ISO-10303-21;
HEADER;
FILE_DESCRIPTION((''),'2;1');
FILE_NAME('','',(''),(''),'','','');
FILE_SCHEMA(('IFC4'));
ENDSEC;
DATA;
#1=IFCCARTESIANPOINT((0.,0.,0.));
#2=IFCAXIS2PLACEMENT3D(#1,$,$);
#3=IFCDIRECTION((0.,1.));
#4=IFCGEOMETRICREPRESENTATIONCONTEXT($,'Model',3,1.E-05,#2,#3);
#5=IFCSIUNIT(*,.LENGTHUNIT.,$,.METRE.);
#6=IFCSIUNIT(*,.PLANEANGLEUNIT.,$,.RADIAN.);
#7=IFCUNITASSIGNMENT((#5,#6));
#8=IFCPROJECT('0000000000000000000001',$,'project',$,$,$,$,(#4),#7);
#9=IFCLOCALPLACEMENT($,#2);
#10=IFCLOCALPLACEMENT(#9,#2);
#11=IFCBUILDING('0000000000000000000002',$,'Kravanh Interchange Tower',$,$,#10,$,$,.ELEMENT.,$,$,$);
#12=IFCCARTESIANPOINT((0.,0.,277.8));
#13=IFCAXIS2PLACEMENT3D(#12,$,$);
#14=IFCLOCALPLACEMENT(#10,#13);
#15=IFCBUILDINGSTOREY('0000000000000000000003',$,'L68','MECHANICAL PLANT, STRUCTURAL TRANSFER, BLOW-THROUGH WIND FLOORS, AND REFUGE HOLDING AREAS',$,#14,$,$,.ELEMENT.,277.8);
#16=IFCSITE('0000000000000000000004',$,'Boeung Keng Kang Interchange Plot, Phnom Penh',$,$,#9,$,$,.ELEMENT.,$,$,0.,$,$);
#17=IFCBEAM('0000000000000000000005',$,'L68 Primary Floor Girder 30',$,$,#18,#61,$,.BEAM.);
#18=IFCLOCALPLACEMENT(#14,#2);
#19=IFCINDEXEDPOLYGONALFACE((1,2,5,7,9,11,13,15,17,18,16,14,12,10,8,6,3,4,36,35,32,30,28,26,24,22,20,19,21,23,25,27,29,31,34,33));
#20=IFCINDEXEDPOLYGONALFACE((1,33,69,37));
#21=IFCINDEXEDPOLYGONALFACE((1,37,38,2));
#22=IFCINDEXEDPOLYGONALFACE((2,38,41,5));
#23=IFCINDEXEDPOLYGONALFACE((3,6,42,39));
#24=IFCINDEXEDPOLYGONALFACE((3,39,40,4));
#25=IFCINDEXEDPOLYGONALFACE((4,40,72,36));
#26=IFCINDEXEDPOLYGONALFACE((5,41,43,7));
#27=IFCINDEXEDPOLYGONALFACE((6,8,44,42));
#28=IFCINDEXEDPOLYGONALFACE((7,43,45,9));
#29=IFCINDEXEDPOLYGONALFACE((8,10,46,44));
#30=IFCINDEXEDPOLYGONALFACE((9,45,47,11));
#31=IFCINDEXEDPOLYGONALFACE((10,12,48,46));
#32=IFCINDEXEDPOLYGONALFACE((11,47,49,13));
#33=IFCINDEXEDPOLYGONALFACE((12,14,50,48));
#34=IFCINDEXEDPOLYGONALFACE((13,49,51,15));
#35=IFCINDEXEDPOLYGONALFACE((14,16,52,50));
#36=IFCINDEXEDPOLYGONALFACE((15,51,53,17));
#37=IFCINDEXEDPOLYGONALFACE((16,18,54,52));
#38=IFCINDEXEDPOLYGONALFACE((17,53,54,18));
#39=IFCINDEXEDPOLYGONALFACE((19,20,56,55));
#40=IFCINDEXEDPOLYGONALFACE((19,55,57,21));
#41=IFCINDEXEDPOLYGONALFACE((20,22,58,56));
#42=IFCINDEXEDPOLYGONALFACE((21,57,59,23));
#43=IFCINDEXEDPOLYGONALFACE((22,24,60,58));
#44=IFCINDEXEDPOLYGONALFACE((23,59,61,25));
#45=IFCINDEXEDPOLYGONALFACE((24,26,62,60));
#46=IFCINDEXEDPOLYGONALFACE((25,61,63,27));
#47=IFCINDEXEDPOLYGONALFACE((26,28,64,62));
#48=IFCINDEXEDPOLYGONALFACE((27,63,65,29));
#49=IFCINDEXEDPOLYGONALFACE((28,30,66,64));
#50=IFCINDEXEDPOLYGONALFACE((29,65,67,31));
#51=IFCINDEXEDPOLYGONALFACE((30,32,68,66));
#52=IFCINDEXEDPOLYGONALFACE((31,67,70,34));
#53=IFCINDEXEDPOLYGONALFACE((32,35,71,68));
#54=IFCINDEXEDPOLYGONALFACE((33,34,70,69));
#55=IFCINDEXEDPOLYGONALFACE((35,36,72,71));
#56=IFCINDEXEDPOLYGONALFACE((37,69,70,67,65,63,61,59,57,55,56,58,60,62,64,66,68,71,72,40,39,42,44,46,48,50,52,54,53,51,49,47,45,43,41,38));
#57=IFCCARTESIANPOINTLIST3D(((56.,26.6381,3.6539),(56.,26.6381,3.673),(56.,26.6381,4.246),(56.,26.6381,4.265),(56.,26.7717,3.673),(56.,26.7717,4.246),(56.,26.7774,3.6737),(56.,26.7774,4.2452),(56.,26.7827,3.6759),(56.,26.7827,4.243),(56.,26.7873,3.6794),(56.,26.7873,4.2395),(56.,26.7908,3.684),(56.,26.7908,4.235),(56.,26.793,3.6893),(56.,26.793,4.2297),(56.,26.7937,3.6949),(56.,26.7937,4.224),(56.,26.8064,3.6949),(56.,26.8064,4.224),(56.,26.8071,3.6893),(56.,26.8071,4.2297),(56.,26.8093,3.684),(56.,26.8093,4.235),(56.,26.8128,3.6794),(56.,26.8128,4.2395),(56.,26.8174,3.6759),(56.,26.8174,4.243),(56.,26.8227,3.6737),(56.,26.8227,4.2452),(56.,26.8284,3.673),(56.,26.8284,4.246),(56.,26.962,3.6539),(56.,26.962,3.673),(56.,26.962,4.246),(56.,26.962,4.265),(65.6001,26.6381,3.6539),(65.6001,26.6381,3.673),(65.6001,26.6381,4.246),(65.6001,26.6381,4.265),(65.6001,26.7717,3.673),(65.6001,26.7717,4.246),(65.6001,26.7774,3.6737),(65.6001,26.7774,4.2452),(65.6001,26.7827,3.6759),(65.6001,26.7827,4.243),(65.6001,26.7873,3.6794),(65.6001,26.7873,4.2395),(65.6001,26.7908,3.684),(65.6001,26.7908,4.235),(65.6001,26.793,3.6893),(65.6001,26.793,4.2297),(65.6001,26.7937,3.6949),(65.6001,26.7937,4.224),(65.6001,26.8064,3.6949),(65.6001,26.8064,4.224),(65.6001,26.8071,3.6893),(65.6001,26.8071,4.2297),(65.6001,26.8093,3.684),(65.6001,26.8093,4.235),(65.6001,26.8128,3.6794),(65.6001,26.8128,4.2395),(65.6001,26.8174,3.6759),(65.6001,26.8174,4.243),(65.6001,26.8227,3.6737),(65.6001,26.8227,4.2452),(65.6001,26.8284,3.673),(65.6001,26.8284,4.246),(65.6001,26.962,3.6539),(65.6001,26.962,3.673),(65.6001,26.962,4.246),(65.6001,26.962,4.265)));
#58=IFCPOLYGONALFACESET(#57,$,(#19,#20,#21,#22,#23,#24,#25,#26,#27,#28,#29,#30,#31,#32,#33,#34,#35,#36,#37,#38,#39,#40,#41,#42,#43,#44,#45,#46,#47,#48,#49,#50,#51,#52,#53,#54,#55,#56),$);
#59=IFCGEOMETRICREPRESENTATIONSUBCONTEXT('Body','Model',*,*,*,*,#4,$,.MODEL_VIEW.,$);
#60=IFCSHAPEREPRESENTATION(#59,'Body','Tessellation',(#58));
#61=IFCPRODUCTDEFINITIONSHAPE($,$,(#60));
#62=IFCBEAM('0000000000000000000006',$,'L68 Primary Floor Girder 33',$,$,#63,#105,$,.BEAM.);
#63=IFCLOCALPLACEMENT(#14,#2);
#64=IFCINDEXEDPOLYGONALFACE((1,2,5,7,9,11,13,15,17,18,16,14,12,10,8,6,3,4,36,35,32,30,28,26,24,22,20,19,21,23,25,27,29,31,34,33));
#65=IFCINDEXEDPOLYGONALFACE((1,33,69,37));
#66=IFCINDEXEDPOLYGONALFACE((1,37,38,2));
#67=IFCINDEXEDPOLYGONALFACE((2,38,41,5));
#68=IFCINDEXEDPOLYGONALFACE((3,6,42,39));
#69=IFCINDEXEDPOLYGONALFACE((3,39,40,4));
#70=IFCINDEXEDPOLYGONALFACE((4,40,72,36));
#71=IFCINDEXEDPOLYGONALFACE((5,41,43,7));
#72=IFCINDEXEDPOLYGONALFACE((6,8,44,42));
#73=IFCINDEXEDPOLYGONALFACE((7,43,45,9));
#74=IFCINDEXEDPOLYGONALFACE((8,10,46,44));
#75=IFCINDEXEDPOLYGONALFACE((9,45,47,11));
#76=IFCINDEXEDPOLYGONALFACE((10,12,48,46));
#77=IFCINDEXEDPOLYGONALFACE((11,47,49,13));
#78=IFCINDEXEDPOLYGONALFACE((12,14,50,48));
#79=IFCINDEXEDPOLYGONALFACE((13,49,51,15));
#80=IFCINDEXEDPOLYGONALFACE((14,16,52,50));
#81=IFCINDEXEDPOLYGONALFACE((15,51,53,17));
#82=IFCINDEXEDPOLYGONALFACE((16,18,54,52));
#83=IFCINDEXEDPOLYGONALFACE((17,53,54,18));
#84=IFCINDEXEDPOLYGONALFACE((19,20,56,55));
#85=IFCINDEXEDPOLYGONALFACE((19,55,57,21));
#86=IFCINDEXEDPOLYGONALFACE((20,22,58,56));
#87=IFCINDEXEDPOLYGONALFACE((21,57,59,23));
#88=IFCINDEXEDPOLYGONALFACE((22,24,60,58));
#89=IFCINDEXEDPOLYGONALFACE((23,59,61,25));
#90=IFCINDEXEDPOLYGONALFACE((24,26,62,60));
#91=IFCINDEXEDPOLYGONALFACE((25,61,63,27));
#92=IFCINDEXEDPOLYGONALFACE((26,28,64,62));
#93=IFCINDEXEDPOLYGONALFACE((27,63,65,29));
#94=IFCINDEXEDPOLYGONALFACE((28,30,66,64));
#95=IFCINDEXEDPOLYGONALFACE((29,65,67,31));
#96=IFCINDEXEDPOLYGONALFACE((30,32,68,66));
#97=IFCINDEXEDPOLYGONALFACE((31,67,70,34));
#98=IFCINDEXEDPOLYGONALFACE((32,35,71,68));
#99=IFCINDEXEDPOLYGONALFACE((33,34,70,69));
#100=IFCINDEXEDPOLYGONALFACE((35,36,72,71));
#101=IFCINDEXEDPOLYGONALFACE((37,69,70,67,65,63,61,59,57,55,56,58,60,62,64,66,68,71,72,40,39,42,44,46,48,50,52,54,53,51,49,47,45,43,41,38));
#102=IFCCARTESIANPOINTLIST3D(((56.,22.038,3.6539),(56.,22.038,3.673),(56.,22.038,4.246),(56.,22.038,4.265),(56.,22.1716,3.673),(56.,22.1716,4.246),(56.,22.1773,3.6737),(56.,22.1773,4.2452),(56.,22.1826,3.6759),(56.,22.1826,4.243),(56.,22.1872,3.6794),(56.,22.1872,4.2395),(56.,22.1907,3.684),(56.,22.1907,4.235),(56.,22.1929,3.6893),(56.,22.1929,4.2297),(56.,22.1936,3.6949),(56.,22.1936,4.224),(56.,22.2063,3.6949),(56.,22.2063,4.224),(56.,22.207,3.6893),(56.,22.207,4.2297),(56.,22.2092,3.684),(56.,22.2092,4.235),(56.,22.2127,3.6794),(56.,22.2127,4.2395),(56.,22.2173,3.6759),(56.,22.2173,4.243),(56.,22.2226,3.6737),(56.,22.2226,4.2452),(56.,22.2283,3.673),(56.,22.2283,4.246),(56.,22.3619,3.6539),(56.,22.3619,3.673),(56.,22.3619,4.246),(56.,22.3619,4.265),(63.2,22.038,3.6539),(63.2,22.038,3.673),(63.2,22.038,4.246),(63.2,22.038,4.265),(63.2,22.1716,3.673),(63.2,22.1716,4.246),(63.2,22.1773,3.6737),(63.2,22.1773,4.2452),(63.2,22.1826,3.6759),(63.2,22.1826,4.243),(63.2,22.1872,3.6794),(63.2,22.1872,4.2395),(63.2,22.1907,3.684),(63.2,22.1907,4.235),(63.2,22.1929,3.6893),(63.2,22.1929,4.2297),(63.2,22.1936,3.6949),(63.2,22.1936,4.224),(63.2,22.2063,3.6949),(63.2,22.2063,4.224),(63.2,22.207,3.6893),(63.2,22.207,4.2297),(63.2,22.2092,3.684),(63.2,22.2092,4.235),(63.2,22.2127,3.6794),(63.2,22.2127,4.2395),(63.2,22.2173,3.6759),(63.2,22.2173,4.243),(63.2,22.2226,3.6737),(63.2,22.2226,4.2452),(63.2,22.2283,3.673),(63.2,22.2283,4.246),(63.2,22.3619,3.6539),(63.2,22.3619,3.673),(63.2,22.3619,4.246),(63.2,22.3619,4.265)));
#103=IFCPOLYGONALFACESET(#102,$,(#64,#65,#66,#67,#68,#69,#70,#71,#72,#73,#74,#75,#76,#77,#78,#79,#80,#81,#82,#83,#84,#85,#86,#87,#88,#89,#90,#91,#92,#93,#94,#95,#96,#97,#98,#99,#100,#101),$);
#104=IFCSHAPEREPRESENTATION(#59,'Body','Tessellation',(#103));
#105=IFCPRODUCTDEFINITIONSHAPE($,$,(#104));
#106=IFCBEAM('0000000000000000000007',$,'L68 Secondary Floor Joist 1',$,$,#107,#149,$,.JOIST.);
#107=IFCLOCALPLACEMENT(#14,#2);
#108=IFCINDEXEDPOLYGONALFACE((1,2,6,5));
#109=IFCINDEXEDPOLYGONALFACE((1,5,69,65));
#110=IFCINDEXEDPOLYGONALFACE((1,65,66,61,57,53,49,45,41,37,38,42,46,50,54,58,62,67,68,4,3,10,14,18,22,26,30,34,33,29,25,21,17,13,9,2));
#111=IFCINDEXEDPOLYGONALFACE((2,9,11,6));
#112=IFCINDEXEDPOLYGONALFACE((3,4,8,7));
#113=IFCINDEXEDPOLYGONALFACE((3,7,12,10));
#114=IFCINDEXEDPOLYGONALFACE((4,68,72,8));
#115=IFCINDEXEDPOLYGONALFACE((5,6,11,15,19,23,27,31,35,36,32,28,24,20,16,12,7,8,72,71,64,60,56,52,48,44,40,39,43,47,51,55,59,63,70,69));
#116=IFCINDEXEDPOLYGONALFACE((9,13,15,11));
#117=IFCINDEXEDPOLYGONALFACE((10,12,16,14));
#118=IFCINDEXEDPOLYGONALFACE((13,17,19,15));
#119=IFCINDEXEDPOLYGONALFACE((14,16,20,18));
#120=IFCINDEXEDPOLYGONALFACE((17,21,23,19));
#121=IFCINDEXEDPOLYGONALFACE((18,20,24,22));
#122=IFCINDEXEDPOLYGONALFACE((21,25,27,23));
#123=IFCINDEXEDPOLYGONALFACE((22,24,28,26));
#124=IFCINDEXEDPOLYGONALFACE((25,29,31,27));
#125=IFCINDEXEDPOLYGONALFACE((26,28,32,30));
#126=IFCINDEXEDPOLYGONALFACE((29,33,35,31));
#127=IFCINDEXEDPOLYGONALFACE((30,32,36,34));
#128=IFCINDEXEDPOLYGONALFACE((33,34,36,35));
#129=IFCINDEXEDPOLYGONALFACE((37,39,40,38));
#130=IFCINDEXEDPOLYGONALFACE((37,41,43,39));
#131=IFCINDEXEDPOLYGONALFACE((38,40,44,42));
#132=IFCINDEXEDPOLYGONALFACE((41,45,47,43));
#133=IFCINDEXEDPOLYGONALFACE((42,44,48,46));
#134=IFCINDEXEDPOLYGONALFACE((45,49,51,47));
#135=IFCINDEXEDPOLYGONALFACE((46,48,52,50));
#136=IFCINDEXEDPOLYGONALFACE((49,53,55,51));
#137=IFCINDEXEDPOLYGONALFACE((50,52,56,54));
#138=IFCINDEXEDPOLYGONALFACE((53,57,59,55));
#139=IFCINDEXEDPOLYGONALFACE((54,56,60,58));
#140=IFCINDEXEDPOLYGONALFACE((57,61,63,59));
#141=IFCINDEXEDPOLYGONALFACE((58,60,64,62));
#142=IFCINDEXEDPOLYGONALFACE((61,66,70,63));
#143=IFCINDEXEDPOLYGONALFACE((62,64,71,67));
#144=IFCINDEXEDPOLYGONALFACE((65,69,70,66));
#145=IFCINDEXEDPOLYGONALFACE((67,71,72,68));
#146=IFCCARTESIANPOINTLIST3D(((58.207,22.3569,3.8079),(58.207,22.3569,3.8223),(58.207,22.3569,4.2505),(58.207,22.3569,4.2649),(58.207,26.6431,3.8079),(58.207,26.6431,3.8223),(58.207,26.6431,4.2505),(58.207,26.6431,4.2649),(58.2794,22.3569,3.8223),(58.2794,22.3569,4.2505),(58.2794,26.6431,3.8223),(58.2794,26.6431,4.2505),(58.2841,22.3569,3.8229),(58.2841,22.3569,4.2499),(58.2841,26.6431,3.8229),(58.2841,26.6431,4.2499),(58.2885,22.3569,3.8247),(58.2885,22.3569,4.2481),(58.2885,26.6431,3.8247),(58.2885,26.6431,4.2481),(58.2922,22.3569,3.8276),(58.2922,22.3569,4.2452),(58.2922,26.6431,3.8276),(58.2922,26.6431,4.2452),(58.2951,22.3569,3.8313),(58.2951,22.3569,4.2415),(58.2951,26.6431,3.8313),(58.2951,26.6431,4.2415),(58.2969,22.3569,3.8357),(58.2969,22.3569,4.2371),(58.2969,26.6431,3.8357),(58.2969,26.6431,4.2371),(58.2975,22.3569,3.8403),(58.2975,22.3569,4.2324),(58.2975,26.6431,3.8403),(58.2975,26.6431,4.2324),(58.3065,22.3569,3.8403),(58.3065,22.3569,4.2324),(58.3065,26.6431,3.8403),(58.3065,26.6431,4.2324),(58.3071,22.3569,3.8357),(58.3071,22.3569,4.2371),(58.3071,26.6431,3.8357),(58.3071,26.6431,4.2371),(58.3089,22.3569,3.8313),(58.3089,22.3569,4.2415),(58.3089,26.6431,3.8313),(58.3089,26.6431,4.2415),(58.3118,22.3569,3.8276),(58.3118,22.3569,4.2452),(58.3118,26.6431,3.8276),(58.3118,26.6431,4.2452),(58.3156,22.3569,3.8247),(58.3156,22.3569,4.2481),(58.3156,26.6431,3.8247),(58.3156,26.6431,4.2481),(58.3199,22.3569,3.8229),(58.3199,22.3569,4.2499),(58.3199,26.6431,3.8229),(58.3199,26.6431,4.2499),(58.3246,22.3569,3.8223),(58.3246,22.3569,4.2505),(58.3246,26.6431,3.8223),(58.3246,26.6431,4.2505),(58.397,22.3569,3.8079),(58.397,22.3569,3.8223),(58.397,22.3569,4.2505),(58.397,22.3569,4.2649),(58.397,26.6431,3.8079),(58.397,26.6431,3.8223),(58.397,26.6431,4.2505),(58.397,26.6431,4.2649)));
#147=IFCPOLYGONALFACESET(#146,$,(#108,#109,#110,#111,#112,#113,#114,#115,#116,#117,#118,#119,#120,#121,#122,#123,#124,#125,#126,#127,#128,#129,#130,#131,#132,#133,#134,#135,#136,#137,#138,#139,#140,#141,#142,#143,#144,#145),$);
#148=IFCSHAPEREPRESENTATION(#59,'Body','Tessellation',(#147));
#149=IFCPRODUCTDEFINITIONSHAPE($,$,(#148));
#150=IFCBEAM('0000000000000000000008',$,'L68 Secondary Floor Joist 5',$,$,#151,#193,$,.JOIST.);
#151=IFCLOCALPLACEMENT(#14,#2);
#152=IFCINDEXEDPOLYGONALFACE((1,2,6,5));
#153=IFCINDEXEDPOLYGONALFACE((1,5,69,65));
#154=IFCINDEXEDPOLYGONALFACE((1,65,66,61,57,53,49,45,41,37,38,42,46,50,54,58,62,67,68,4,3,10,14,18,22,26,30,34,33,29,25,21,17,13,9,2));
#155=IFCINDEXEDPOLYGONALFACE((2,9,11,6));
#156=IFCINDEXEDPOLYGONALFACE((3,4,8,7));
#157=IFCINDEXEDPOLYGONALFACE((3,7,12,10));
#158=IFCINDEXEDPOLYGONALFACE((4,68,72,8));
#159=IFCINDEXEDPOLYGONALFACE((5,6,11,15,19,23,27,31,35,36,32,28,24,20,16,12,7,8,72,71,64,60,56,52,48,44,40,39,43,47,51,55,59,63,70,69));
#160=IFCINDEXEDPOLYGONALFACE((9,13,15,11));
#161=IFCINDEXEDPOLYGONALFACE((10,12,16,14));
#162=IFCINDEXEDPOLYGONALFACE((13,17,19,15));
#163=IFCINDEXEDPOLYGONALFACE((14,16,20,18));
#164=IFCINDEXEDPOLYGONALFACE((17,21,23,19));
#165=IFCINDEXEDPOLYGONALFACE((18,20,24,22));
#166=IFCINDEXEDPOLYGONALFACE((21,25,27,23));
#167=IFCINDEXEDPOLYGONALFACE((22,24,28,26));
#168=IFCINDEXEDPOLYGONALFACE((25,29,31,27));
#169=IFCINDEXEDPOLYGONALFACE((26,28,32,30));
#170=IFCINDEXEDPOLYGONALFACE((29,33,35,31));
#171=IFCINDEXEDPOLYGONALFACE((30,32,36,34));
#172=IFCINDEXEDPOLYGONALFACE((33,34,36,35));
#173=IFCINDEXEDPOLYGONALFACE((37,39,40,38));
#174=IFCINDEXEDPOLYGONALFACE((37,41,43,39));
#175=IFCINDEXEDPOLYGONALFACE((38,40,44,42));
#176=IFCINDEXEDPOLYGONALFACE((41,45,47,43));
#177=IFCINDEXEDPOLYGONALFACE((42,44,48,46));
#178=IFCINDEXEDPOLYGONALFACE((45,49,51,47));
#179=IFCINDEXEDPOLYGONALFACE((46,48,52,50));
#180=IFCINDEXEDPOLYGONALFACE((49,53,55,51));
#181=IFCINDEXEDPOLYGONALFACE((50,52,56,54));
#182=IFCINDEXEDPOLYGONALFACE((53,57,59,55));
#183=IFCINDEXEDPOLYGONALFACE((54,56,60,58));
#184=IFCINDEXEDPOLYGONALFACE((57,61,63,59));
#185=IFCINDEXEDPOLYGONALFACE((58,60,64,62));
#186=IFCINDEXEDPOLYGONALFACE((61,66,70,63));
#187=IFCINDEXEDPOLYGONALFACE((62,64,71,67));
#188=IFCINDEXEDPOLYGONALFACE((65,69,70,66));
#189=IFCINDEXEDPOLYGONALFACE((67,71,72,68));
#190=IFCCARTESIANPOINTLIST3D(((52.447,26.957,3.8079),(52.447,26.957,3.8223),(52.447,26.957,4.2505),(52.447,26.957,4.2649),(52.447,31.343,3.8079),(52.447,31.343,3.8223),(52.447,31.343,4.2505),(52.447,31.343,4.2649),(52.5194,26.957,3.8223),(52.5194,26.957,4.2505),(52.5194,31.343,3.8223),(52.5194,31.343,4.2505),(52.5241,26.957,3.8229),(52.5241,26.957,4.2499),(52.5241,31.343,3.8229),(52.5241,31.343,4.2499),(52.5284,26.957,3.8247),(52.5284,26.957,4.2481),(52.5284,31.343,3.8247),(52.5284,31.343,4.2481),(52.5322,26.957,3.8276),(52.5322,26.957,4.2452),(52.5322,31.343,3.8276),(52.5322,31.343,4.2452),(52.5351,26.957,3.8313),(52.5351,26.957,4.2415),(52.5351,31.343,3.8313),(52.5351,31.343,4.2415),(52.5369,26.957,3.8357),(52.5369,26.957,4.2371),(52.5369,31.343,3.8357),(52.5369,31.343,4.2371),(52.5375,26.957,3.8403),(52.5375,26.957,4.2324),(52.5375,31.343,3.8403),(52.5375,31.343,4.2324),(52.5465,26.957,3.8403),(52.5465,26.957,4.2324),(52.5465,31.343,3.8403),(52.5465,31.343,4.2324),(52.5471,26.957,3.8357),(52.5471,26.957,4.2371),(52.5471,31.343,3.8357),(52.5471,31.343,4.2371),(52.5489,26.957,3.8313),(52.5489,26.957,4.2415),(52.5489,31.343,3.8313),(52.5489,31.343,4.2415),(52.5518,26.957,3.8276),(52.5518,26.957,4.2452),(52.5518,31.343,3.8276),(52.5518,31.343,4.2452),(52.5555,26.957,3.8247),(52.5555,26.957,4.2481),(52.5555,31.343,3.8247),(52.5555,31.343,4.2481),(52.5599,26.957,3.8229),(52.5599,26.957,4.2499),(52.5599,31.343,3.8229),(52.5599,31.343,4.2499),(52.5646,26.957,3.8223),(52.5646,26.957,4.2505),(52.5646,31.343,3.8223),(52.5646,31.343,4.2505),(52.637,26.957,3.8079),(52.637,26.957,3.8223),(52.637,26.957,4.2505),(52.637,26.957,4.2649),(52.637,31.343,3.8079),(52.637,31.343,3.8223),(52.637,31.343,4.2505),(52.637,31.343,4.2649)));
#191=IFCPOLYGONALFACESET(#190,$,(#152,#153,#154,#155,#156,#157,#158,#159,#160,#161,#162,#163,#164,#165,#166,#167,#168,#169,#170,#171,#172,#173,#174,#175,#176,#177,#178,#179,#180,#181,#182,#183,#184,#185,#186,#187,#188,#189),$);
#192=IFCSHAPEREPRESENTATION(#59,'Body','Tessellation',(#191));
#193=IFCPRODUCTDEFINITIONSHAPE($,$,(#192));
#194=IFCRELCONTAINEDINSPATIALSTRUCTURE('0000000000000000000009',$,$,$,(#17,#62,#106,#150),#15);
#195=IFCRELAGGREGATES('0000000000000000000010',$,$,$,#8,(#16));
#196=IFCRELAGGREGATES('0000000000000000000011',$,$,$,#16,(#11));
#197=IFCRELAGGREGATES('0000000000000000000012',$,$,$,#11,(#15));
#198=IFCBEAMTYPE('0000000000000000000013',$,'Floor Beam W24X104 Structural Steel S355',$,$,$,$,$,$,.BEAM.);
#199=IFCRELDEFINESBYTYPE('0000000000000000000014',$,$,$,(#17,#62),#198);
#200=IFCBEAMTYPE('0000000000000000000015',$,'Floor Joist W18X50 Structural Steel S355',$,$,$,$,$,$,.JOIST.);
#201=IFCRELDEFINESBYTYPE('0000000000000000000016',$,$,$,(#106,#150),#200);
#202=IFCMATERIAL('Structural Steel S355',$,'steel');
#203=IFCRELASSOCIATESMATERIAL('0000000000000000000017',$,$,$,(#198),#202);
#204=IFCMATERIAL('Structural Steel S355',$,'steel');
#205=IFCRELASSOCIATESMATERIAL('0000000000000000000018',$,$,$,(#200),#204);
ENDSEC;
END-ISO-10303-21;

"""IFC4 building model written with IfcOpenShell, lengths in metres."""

from ifc_helpers import new_model, si_unit, direction, frame, origin, origin_2d, place, context, subcontext, project, spatial, i_section, extrude, material, material_profile, profile_set, type_object, element, save


model = new_model("IFC4")

# Units and contexts
model_context = context("Model", 3, precision=1e-05, world=origin(), true_north=direction((0.0, 1.0)))
body_context = subcontext(model_context, "Body", "Model", "MODEL_VIEW")
ifc_project = project(units=[si_unit("LENGTHUNIT", "METRE"), si_unit("PLANEANGLEUNIT", "RADIAN")], contexts=[model_context])

# Site, building, storey
site_placement = place(None, origin())
site = spatial("IfcSite", under=ifc_project, at=site_placement, Name="Boeung Keng Kang Interchange Plot, Phnom Penh", CompositionType="ELEMENT", RefElevation=0.0)
building_placement = place(site_placement, origin())
building = spatial("IfcBuilding", under=site, at=building_placement, Name="Kravanh Interchange Tower", CompositionType="ELEMENT")
storey_placement = place(building_placement, frame((0.0, 0.0, 277.8)))
storey = spatial("IfcBuildingStorey", under=building, at=storey_placement, Name="L68", Description="MECHANICAL PLANT, STRUCTURAL TRANSFER, BLOW-THROUGH WIND FLOORS, AND REFUGE HOLDING AREAS", CompositionType="ELEMENT", Elevation=277.8)

# Beams
ifc_material_1 = material(Name="Structural Steel S355", Category="steel")
ifc_material_profile_1 = material_profile(ifc_material_1, i_section(OverallWidth=0.324, OverallDepth=0.6111, WebThickness=0.0127, FlangeThickness=0.019, FilletRadius=0.022, at=origin_2d()), Name="W24X104")
ifc_profile_set_1 = profile_set([ifc_material_profile_1], Name="Structural Steel S355")
beam_type_1 = type_object("IfcBeamType", Name="Floor Beam W24X104 Structural Steel S355", PredefinedType="BEAM", material=ifc_profile_set_1)
beam_1_placement = place(storey_placement, frame((56.0, 26.8, 3.9595), z_axis=(1.0, 0.0, 0.0), x_axis=(0.0, 1.0, 0.0)))
element("IfcBeam", 1, at=beam_1_placement, inside=storey, type_object=beam_type_1, Name="L68 Primary Floor Girder 30", PredefinedType="BEAM", context=body_context, shape_type="SweptSolid", body=[
    extrude(i_section(OverallWidth=0.324, OverallDepth=0.6111, WebThickness=0.0127, FlangeThickness=0.019, FilletRadius=0.022, at=origin_2d()), origin(), (0.0, 0.0, 1.0), 9.6001),
])
beam_2_placement = place(storey_placement, frame((56.0, 22.2, 3.9595), z_axis=(1.0, 0.0, 0.0), x_axis=(0.0, 1.0, 0.0)))
element("IfcBeam", 2, at=beam_2_placement, inside=storey, type_object=beam_type_1, Name="L68 Primary Floor Girder 33", PredefinedType="BEAM", context=body_context, shape_type="SweptSolid", body=[
    extrude(i_section(OverallWidth=0.324, OverallDepth=0.6111, WebThickness=0.0127, FlangeThickness=0.019, FilletRadius=0.022, at=origin_2d()), origin(), (0.0, 0.0, 1.0), 7.2),
])
ifc_material_2 = material(Name="Structural Steel S355", Category="steel")
ifc_material_profile_2 = material_profile(ifc_material_2, i_section(OverallWidth=0.1899, OverallDepth=0.457, WebThickness=0.009, FlangeThickness=0.0144, FilletRadius=0.0181, at=origin_2d()), Name="W18X50")
ifc_profile_set_2 = profile_set([ifc_material_profile_2], Name="Structural Steel S355")
beam_type_2 = type_object("IfcBeamType", Name="Floor Joist W18X50 Structural Steel S355", PredefinedType="JOIST", material=ifc_profile_set_2)
beam_3_placement = place(storey_placement, frame((58.302, 22.3569, 4.0364), z_axis=(0.0, 1.0, 0.0), x_axis=(-1.0, 0.0, 0.0)))
element("IfcBeam", 3, at=beam_3_placement, inside=storey, type_object=beam_type_2, Name="L68 Secondary Floor Joist 1", PredefinedType="JOIST", context=body_context, shape_type="SweptSolid", body=[
    extrude(i_section(OverallWidth=0.1899, OverallDepth=0.457, WebThickness=0.009, FlangeThickness=0.0144, FilletRadius=0.0181, at=origin_2d()), origin(), (0.0, 0.0, 1.0), 4.2861),
])
for number, where, z_axis, x_axis, name in (
    (4, (52.542, 26.957, 4.0364), (0.0, 1.0, 0.0), (-1.0, 0.0, 0.0), "L68 Secondary Floor Joist 5"),
):
    element("IfcBeam", number, at=place(storey_placement, frame(where, z_axis=z_axis, x_axis=x_axis)), inside=storey, type_object=beam_type_2, Name=name, PredefinedType="JOIST", context=body_context, shape_type="SweptSolid", body=[
        extrude(i_section(OverallWidth=0.1899, OverallDepth=0.457, WebThickness=0.009, FlangeThickness=0.0144, FilletRadius=0.0181, at=origin_2d()), origin(), (0.0, 0.0, 1.0), 4.386),
    ])

save(model, "model.ifc")
